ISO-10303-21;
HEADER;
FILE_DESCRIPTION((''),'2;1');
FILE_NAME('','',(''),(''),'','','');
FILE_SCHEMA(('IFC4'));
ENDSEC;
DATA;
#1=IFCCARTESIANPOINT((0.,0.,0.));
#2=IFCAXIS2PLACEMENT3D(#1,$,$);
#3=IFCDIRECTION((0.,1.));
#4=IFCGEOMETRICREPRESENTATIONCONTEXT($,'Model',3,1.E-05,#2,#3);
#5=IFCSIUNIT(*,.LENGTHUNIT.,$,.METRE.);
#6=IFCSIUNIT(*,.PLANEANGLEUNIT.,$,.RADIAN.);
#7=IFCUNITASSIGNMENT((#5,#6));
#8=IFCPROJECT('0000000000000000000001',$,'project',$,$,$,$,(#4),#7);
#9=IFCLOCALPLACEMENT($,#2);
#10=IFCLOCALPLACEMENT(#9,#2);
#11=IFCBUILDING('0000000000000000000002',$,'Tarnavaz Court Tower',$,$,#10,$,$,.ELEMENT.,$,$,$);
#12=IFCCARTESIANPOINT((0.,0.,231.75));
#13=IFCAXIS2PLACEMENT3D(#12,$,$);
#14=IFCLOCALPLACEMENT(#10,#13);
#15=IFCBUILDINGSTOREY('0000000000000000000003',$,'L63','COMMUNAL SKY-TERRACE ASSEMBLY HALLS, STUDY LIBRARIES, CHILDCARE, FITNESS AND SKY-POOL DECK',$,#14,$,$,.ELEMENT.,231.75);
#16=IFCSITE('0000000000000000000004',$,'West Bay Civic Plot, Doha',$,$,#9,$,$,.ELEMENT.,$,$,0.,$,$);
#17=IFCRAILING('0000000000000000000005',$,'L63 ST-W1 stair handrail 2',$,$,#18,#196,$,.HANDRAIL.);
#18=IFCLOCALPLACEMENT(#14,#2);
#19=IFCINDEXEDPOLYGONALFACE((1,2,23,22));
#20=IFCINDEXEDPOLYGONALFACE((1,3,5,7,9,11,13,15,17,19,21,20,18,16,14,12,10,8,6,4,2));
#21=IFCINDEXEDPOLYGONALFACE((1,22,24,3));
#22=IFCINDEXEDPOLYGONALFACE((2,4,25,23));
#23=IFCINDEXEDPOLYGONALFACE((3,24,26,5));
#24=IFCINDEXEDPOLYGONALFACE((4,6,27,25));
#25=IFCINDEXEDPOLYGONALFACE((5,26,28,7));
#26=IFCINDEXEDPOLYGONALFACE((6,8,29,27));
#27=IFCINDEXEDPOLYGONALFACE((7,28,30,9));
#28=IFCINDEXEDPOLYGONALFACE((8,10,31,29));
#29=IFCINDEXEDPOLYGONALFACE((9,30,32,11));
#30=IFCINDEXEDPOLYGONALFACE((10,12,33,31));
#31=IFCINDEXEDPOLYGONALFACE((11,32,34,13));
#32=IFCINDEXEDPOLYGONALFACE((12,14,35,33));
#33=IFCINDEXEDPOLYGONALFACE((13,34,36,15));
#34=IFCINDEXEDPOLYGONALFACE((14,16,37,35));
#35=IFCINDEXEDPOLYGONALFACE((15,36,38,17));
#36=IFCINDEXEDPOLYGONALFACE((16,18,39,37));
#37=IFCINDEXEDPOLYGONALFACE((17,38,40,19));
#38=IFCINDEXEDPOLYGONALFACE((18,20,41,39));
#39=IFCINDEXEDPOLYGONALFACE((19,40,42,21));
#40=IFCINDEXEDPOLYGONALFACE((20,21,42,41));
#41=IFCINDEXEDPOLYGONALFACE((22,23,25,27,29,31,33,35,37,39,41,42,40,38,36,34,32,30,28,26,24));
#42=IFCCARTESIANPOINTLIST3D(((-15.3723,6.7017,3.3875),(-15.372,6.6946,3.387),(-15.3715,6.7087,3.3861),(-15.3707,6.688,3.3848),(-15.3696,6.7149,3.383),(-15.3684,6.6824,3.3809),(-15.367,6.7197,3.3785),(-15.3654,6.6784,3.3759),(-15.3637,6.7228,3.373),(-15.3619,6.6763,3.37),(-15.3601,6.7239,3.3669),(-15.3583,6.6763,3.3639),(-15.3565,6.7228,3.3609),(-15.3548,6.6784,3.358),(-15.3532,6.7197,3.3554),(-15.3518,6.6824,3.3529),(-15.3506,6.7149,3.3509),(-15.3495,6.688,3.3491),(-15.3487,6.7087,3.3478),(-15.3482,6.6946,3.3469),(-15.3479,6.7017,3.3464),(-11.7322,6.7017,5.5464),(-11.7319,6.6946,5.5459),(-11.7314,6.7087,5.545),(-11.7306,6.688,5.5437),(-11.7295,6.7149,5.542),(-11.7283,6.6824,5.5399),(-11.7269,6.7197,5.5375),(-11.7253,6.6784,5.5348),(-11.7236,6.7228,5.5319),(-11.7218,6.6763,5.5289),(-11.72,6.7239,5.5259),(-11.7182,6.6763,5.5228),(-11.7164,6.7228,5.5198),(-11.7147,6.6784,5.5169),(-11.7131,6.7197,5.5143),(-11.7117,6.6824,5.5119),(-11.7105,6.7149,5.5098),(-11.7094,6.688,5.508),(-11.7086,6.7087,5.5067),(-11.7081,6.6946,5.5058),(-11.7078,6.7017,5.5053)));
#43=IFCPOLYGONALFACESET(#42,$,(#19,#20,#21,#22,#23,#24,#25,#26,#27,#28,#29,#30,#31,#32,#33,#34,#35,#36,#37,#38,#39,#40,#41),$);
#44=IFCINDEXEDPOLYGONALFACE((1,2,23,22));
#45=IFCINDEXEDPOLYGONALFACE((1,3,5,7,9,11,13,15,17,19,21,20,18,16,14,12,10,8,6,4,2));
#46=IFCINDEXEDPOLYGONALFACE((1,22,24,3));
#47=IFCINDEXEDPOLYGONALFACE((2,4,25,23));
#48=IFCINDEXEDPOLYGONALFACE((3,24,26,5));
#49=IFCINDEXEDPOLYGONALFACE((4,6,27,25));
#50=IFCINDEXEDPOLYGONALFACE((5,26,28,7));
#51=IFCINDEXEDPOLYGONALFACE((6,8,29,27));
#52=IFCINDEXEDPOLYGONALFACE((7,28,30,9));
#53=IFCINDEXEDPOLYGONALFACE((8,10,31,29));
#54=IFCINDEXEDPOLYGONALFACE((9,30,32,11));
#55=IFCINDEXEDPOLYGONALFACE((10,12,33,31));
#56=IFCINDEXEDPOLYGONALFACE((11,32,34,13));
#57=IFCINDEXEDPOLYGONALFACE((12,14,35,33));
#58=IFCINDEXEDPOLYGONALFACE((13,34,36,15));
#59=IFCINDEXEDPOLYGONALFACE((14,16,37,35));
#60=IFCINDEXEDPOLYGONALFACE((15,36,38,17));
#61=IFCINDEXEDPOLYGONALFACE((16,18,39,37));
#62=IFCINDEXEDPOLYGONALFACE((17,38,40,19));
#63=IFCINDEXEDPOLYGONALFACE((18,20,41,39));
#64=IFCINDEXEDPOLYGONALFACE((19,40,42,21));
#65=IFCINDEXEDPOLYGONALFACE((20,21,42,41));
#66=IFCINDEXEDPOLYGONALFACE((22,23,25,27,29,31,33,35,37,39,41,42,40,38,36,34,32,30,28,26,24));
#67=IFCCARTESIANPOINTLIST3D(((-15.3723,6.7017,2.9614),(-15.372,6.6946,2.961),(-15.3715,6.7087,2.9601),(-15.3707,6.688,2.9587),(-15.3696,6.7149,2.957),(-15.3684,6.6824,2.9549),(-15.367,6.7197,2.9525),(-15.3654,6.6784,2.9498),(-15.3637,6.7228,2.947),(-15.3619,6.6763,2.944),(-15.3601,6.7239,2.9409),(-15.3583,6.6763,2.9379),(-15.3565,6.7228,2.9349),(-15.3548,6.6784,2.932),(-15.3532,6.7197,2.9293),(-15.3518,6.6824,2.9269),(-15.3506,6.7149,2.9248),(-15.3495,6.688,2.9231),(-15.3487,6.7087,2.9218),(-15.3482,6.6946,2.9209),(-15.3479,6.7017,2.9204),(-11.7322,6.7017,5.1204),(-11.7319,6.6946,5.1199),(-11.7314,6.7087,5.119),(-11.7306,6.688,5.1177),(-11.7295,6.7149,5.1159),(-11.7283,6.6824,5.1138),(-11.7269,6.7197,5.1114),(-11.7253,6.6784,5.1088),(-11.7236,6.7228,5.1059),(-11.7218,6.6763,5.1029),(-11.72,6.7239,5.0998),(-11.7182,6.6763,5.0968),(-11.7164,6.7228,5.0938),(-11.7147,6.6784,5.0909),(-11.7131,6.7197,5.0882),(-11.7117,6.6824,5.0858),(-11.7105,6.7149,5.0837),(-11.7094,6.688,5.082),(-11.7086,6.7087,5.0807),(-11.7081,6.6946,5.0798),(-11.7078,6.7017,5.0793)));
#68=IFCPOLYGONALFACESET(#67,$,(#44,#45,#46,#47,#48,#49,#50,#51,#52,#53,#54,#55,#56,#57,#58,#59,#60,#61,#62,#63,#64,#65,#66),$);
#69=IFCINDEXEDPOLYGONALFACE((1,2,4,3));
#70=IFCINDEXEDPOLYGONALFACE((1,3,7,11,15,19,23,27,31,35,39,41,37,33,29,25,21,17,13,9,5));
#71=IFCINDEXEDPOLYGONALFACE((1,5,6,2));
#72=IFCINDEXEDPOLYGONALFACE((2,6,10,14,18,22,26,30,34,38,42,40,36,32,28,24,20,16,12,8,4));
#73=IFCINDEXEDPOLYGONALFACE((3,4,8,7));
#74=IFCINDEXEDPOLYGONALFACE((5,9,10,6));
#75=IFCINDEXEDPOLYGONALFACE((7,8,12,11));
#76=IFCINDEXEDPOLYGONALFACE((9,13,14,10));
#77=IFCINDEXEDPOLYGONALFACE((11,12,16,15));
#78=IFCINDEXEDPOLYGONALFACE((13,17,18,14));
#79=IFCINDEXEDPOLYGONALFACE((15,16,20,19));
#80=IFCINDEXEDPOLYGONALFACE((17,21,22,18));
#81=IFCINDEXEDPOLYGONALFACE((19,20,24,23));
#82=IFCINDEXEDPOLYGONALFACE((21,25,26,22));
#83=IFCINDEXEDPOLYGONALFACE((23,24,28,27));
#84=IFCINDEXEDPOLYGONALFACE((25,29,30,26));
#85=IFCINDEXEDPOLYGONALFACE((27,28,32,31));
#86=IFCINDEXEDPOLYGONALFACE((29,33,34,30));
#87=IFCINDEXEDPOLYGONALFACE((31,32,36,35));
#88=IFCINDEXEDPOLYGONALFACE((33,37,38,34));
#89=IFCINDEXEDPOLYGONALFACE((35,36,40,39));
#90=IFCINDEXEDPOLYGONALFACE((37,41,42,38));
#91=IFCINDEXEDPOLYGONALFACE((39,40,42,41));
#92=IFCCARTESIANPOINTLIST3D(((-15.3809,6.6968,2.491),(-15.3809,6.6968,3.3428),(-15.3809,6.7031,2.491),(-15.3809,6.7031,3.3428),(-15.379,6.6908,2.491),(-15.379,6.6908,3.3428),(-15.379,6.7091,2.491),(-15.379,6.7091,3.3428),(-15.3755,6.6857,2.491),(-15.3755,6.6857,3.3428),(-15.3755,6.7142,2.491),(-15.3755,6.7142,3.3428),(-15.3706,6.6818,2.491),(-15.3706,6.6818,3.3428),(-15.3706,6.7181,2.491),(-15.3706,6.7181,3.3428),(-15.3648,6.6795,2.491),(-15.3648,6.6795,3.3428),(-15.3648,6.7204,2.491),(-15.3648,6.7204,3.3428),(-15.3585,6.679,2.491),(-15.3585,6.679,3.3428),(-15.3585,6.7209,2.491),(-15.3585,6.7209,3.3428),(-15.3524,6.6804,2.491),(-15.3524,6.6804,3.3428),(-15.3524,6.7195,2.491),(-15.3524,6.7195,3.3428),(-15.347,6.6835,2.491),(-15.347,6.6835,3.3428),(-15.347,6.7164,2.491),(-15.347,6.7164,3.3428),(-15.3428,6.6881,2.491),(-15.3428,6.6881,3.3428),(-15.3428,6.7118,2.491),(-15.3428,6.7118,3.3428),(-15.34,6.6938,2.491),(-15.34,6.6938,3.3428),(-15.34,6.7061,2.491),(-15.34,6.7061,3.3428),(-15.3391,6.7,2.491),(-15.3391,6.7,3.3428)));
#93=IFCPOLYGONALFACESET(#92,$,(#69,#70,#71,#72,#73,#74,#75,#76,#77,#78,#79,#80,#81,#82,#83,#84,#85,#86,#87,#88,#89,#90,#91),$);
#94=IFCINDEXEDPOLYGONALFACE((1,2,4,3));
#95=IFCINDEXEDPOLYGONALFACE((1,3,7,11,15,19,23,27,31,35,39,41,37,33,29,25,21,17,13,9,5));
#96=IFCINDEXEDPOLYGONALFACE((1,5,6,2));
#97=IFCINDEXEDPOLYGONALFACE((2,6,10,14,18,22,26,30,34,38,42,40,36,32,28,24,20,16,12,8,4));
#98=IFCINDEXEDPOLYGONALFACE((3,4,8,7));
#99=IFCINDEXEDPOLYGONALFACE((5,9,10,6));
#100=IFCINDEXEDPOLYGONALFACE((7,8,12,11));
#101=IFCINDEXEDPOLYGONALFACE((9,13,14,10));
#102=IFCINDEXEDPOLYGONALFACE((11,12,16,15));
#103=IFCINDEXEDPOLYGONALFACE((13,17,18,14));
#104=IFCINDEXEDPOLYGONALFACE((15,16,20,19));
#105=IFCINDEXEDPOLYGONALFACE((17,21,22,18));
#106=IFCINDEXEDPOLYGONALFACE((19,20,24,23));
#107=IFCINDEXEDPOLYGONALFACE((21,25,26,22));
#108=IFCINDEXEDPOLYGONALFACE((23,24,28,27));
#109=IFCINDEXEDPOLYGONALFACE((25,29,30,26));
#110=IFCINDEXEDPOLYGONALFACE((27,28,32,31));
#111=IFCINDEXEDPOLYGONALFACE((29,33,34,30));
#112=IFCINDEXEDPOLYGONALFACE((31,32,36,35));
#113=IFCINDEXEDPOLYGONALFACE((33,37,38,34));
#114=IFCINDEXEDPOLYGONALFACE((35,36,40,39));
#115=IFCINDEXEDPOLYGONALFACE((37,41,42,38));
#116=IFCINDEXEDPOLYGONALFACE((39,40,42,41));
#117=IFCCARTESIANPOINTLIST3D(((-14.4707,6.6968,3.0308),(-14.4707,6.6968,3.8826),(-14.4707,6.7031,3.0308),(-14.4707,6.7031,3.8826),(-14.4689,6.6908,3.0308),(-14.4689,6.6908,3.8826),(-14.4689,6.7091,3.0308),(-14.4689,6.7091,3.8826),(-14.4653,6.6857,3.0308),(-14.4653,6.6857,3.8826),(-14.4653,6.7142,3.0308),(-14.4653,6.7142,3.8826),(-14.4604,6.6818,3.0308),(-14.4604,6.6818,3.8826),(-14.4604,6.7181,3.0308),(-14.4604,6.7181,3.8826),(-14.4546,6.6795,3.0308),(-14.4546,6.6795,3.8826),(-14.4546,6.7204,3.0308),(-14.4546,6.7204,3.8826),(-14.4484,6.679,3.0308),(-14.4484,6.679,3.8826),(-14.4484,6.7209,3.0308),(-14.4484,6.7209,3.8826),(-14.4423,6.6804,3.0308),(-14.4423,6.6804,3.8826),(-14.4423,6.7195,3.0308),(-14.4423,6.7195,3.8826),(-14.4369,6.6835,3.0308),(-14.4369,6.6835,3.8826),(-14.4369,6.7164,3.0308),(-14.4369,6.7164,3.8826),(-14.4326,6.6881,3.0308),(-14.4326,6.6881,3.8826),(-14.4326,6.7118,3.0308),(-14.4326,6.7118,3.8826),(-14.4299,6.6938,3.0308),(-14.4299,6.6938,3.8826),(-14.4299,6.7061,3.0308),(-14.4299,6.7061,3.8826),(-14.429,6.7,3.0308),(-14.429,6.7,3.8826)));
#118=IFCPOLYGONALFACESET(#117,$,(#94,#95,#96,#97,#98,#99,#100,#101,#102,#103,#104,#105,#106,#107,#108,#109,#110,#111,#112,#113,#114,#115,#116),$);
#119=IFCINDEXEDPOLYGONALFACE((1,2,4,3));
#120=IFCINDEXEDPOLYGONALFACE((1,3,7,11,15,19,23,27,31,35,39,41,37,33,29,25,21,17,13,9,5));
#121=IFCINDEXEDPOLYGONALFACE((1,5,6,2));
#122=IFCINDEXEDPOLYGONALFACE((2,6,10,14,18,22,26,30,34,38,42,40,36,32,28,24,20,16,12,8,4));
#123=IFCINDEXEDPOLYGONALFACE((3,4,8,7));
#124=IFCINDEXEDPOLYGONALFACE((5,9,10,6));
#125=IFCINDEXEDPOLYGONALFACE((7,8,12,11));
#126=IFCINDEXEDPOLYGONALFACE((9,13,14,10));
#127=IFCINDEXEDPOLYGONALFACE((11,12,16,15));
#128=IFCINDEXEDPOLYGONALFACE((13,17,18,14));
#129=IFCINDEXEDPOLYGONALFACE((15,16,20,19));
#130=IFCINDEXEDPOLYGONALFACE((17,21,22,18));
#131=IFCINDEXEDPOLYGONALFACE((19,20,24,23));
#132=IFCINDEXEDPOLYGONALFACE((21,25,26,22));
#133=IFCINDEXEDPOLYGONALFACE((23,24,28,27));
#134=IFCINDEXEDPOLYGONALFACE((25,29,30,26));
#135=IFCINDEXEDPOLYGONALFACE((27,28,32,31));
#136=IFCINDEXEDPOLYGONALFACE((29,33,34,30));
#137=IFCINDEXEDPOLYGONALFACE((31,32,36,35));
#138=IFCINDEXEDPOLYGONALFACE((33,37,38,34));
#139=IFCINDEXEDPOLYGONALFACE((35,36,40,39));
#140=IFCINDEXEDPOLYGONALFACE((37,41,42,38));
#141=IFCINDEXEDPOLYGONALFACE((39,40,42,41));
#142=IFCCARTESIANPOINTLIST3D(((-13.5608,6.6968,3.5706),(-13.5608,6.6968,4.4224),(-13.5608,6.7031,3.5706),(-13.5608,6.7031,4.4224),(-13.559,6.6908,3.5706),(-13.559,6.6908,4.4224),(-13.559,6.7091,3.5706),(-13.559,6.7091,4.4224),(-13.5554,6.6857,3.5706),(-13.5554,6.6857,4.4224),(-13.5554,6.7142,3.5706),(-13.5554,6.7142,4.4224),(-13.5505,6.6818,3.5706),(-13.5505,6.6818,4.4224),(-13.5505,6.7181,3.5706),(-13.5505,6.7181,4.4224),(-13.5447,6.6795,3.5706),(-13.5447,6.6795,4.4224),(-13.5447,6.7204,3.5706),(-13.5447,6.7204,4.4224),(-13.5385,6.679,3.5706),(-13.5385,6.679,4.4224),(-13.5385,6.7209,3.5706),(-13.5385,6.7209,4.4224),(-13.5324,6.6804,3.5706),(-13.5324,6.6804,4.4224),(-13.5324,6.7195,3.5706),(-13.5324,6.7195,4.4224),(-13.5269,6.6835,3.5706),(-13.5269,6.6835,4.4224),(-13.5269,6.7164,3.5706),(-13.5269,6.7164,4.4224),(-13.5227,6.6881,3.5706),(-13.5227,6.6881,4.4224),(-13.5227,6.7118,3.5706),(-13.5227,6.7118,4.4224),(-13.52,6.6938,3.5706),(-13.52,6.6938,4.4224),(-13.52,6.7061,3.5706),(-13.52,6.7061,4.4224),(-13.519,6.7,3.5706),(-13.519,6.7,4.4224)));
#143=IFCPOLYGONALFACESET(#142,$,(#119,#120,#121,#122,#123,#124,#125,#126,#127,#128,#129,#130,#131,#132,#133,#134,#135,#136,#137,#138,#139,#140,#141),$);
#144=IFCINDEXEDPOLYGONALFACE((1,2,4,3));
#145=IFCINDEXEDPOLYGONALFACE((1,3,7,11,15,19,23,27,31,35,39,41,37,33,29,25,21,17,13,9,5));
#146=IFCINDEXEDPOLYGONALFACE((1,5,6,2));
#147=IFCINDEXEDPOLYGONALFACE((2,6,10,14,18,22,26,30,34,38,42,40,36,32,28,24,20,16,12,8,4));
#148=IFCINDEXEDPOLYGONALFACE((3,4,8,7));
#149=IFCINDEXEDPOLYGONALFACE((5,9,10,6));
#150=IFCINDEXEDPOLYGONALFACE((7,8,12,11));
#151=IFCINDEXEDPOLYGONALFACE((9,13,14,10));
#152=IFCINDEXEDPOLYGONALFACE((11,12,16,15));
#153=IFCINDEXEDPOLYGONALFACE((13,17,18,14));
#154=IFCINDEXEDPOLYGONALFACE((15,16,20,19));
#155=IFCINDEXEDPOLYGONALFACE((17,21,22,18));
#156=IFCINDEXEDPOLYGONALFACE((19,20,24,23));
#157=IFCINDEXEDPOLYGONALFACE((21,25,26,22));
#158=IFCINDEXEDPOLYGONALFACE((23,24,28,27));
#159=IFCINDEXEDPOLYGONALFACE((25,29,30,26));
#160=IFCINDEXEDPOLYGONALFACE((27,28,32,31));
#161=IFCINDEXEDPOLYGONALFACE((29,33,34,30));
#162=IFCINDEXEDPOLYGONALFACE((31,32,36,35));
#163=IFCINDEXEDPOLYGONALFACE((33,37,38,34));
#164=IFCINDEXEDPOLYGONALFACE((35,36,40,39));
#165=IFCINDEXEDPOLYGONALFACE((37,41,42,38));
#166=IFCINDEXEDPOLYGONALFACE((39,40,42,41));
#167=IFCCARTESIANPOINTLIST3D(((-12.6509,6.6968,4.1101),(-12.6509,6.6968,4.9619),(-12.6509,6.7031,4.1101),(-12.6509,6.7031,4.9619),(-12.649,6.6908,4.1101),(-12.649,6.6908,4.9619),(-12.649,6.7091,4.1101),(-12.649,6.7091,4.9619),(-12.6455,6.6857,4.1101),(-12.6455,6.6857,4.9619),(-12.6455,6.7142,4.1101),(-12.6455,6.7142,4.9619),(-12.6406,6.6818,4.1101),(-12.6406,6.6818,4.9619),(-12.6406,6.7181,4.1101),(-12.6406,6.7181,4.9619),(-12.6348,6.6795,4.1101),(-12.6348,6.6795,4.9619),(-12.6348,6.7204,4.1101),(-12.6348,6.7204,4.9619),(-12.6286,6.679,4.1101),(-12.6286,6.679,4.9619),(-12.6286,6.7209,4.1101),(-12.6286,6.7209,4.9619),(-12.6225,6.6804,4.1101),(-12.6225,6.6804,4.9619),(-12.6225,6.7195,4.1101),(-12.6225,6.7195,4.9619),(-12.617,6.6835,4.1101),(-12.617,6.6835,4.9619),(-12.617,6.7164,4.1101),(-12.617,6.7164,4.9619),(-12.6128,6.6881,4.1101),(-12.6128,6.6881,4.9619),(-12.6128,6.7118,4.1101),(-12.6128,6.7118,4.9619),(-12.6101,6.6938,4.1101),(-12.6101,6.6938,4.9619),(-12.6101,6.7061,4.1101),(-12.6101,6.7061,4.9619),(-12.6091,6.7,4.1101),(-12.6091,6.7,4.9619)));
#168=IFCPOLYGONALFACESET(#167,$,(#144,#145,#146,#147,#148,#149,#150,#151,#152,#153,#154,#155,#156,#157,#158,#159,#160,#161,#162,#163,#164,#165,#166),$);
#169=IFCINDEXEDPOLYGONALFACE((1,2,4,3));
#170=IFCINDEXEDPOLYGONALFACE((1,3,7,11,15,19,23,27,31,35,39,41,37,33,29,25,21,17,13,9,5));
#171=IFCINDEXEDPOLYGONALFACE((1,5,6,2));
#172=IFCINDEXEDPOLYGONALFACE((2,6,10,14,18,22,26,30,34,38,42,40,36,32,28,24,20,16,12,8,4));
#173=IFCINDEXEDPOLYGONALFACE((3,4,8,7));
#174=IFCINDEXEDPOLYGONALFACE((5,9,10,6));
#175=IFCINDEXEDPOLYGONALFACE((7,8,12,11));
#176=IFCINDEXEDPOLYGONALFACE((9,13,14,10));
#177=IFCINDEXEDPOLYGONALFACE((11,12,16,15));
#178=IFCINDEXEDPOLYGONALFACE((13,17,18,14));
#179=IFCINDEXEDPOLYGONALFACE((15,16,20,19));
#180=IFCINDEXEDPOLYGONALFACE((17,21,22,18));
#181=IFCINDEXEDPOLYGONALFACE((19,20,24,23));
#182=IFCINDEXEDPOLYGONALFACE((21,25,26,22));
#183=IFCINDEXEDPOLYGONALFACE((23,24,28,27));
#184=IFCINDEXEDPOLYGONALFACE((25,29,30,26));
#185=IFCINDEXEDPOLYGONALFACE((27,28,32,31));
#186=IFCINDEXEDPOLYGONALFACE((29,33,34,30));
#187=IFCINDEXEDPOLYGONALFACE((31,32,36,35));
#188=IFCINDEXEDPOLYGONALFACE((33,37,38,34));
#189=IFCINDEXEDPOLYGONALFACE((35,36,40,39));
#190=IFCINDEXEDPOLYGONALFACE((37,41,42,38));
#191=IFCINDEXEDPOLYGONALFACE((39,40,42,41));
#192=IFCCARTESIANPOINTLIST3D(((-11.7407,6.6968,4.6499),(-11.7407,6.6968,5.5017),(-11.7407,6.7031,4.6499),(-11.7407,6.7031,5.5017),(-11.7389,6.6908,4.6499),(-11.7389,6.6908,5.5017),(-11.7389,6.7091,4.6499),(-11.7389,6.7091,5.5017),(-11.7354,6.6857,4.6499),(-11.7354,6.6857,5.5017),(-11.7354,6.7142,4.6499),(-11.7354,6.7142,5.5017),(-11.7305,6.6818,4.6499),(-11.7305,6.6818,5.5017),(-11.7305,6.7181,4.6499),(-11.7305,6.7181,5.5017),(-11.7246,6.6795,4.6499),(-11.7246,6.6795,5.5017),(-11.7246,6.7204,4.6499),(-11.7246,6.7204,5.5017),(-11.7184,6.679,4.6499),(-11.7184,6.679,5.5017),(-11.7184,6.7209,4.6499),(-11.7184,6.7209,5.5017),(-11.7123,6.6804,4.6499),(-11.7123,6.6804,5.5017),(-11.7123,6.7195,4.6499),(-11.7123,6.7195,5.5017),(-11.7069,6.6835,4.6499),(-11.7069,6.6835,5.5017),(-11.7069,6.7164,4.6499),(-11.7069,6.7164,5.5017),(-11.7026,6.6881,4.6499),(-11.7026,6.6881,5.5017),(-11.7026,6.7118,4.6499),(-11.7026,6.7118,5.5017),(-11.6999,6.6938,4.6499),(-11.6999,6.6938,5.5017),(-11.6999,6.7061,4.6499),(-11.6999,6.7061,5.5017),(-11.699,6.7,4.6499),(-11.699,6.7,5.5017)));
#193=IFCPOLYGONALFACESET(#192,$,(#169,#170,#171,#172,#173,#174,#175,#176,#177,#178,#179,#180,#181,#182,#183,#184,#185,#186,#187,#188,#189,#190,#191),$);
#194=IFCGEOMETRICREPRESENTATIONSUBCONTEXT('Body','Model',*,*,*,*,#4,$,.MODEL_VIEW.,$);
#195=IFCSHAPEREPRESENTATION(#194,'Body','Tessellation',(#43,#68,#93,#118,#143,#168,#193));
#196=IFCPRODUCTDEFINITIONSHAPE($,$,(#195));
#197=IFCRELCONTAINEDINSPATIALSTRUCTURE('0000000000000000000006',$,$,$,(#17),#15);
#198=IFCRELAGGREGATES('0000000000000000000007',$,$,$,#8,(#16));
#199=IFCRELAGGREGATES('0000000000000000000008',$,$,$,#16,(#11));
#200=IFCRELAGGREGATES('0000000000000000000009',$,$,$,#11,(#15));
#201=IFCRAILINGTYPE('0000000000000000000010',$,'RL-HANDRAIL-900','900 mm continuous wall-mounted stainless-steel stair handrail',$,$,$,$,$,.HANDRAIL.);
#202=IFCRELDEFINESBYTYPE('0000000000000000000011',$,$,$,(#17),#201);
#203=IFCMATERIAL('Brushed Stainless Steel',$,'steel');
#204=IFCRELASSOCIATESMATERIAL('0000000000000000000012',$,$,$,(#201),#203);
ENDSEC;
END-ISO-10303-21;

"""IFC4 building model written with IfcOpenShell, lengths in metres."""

from ifc_helpers import new_model, si_unit, direction, frame, origin, origin_2d, place, context, subcontext, project, spatial, circle, extrude, material, type_object, element, save


model = new_model("IFC4")

# Units and contexts
model_context = context("Model", 3, precision=1e-05, world=origin(), true_north=direction((0.0, 1.0)))
body_context = subcontext(model_context, "Body", "Model", "MODEL_VIEW")
ifc_project = project(units=[si_unit("LENGTHUNIT", "METRE"), si_unit("PLANEANGLEUNIT", "RADIAN")], contexts=[model_context])

# Site, building, storey
site_placement = place(None, origin())
site = spatial("IfcSite", under=ifc_project, at=site_placement, Name="West Bay Civic Plot, Doha", CompositionType="ELEMENT", RefElevation=0.0)
building_placement = place(site_placement, origin())
building = spatial("IfcBuilding", under=site, at=building_placement, Name="Tarnavaz Court Tower", CompositionType="ELEMENT")
storey_placement = place(building_placement, frame((0.0, 0.0, 231.75)))
storey = spatial("IfcBuildingStorey", under=building, at=storey_placement, Name="L63", Description="COMMUNAL SKY-TERRACE ASSEMBLY HALLS, STUDY LIBRARIES, CHILDCARE, FITNESS AND SKY-POOL DECK", CompositionType="ELEMENT", Elevation=231.75)

# Railing
ifc_material_1 = material(Name="Brushed Stainless Steel", Category="steel")
railing_type_1 = type_object("IfcRailingType", Name="RL-HANDRAIL-900", Description="900 mm continuous wall-mounted stainless-steel stair handrail", PredefinedType="HANDRAIL", material=ifc_material_1)
railing_1_placement = place(storey_placement, frame((-15.3601, 6.7, 2.491)))
element("IfcRailing", 1, at=railing_1_placement, inside=storey, type_object=railing_type_1, Name="L63 ST-W1 stair handrail 2", PredefinedType="HANDRAIL", context=body_context, shape_type="SweptSolid", body=[
    extrude(circle(Radius=0.0239, at=origin_2d()), frame((0.0, 0.0, 0.876), z_axis=(0.860103, 0.0, 0.51012), x_axis=(0.0, 1.0, 0.0)), (0.0, 0.0, 1.0), 4.2322),
    extrude(circle(Radius=0.0239, at=origin_2d()), frame((0.0, 0.0, 0.45), z_axis=(0.860103, 0.0, 0.51012), x_axis=(0.0, 1.0, 0.0)), (0.0, 0.0, 1.0), 4.2322),
    extrude(circle(Radius=0.021, at=origin_2d()), origin(), (0.0, 0.0, 1.0), 0.8518),
    extrude(circle(Radius=0.021, at=origin_2d()), frame((0.9102, 0.0, 0.5398)), (0.0, 0.0, 1.0), 0.8518),
    extrude(circle(Radius=0.021, at=origin_2d()), frame((1.8201, 0.0, 1.0796)), (0.0, 0.0, 1.0), 0.8518),
    extrude(circle(Radius=0.021, at=origin_2d()), frame((2.73, 0.0, 1.6191)), (0.0, 0.0, 1.0), 0.8518),
    extrude(circle(Radius=0.021, at=origin_2d()), frame((3.6401, 0.0, 2.1589)), (0.0, 0.0, 1.0), 0.8518),
])

save(model, "model.ifc")
